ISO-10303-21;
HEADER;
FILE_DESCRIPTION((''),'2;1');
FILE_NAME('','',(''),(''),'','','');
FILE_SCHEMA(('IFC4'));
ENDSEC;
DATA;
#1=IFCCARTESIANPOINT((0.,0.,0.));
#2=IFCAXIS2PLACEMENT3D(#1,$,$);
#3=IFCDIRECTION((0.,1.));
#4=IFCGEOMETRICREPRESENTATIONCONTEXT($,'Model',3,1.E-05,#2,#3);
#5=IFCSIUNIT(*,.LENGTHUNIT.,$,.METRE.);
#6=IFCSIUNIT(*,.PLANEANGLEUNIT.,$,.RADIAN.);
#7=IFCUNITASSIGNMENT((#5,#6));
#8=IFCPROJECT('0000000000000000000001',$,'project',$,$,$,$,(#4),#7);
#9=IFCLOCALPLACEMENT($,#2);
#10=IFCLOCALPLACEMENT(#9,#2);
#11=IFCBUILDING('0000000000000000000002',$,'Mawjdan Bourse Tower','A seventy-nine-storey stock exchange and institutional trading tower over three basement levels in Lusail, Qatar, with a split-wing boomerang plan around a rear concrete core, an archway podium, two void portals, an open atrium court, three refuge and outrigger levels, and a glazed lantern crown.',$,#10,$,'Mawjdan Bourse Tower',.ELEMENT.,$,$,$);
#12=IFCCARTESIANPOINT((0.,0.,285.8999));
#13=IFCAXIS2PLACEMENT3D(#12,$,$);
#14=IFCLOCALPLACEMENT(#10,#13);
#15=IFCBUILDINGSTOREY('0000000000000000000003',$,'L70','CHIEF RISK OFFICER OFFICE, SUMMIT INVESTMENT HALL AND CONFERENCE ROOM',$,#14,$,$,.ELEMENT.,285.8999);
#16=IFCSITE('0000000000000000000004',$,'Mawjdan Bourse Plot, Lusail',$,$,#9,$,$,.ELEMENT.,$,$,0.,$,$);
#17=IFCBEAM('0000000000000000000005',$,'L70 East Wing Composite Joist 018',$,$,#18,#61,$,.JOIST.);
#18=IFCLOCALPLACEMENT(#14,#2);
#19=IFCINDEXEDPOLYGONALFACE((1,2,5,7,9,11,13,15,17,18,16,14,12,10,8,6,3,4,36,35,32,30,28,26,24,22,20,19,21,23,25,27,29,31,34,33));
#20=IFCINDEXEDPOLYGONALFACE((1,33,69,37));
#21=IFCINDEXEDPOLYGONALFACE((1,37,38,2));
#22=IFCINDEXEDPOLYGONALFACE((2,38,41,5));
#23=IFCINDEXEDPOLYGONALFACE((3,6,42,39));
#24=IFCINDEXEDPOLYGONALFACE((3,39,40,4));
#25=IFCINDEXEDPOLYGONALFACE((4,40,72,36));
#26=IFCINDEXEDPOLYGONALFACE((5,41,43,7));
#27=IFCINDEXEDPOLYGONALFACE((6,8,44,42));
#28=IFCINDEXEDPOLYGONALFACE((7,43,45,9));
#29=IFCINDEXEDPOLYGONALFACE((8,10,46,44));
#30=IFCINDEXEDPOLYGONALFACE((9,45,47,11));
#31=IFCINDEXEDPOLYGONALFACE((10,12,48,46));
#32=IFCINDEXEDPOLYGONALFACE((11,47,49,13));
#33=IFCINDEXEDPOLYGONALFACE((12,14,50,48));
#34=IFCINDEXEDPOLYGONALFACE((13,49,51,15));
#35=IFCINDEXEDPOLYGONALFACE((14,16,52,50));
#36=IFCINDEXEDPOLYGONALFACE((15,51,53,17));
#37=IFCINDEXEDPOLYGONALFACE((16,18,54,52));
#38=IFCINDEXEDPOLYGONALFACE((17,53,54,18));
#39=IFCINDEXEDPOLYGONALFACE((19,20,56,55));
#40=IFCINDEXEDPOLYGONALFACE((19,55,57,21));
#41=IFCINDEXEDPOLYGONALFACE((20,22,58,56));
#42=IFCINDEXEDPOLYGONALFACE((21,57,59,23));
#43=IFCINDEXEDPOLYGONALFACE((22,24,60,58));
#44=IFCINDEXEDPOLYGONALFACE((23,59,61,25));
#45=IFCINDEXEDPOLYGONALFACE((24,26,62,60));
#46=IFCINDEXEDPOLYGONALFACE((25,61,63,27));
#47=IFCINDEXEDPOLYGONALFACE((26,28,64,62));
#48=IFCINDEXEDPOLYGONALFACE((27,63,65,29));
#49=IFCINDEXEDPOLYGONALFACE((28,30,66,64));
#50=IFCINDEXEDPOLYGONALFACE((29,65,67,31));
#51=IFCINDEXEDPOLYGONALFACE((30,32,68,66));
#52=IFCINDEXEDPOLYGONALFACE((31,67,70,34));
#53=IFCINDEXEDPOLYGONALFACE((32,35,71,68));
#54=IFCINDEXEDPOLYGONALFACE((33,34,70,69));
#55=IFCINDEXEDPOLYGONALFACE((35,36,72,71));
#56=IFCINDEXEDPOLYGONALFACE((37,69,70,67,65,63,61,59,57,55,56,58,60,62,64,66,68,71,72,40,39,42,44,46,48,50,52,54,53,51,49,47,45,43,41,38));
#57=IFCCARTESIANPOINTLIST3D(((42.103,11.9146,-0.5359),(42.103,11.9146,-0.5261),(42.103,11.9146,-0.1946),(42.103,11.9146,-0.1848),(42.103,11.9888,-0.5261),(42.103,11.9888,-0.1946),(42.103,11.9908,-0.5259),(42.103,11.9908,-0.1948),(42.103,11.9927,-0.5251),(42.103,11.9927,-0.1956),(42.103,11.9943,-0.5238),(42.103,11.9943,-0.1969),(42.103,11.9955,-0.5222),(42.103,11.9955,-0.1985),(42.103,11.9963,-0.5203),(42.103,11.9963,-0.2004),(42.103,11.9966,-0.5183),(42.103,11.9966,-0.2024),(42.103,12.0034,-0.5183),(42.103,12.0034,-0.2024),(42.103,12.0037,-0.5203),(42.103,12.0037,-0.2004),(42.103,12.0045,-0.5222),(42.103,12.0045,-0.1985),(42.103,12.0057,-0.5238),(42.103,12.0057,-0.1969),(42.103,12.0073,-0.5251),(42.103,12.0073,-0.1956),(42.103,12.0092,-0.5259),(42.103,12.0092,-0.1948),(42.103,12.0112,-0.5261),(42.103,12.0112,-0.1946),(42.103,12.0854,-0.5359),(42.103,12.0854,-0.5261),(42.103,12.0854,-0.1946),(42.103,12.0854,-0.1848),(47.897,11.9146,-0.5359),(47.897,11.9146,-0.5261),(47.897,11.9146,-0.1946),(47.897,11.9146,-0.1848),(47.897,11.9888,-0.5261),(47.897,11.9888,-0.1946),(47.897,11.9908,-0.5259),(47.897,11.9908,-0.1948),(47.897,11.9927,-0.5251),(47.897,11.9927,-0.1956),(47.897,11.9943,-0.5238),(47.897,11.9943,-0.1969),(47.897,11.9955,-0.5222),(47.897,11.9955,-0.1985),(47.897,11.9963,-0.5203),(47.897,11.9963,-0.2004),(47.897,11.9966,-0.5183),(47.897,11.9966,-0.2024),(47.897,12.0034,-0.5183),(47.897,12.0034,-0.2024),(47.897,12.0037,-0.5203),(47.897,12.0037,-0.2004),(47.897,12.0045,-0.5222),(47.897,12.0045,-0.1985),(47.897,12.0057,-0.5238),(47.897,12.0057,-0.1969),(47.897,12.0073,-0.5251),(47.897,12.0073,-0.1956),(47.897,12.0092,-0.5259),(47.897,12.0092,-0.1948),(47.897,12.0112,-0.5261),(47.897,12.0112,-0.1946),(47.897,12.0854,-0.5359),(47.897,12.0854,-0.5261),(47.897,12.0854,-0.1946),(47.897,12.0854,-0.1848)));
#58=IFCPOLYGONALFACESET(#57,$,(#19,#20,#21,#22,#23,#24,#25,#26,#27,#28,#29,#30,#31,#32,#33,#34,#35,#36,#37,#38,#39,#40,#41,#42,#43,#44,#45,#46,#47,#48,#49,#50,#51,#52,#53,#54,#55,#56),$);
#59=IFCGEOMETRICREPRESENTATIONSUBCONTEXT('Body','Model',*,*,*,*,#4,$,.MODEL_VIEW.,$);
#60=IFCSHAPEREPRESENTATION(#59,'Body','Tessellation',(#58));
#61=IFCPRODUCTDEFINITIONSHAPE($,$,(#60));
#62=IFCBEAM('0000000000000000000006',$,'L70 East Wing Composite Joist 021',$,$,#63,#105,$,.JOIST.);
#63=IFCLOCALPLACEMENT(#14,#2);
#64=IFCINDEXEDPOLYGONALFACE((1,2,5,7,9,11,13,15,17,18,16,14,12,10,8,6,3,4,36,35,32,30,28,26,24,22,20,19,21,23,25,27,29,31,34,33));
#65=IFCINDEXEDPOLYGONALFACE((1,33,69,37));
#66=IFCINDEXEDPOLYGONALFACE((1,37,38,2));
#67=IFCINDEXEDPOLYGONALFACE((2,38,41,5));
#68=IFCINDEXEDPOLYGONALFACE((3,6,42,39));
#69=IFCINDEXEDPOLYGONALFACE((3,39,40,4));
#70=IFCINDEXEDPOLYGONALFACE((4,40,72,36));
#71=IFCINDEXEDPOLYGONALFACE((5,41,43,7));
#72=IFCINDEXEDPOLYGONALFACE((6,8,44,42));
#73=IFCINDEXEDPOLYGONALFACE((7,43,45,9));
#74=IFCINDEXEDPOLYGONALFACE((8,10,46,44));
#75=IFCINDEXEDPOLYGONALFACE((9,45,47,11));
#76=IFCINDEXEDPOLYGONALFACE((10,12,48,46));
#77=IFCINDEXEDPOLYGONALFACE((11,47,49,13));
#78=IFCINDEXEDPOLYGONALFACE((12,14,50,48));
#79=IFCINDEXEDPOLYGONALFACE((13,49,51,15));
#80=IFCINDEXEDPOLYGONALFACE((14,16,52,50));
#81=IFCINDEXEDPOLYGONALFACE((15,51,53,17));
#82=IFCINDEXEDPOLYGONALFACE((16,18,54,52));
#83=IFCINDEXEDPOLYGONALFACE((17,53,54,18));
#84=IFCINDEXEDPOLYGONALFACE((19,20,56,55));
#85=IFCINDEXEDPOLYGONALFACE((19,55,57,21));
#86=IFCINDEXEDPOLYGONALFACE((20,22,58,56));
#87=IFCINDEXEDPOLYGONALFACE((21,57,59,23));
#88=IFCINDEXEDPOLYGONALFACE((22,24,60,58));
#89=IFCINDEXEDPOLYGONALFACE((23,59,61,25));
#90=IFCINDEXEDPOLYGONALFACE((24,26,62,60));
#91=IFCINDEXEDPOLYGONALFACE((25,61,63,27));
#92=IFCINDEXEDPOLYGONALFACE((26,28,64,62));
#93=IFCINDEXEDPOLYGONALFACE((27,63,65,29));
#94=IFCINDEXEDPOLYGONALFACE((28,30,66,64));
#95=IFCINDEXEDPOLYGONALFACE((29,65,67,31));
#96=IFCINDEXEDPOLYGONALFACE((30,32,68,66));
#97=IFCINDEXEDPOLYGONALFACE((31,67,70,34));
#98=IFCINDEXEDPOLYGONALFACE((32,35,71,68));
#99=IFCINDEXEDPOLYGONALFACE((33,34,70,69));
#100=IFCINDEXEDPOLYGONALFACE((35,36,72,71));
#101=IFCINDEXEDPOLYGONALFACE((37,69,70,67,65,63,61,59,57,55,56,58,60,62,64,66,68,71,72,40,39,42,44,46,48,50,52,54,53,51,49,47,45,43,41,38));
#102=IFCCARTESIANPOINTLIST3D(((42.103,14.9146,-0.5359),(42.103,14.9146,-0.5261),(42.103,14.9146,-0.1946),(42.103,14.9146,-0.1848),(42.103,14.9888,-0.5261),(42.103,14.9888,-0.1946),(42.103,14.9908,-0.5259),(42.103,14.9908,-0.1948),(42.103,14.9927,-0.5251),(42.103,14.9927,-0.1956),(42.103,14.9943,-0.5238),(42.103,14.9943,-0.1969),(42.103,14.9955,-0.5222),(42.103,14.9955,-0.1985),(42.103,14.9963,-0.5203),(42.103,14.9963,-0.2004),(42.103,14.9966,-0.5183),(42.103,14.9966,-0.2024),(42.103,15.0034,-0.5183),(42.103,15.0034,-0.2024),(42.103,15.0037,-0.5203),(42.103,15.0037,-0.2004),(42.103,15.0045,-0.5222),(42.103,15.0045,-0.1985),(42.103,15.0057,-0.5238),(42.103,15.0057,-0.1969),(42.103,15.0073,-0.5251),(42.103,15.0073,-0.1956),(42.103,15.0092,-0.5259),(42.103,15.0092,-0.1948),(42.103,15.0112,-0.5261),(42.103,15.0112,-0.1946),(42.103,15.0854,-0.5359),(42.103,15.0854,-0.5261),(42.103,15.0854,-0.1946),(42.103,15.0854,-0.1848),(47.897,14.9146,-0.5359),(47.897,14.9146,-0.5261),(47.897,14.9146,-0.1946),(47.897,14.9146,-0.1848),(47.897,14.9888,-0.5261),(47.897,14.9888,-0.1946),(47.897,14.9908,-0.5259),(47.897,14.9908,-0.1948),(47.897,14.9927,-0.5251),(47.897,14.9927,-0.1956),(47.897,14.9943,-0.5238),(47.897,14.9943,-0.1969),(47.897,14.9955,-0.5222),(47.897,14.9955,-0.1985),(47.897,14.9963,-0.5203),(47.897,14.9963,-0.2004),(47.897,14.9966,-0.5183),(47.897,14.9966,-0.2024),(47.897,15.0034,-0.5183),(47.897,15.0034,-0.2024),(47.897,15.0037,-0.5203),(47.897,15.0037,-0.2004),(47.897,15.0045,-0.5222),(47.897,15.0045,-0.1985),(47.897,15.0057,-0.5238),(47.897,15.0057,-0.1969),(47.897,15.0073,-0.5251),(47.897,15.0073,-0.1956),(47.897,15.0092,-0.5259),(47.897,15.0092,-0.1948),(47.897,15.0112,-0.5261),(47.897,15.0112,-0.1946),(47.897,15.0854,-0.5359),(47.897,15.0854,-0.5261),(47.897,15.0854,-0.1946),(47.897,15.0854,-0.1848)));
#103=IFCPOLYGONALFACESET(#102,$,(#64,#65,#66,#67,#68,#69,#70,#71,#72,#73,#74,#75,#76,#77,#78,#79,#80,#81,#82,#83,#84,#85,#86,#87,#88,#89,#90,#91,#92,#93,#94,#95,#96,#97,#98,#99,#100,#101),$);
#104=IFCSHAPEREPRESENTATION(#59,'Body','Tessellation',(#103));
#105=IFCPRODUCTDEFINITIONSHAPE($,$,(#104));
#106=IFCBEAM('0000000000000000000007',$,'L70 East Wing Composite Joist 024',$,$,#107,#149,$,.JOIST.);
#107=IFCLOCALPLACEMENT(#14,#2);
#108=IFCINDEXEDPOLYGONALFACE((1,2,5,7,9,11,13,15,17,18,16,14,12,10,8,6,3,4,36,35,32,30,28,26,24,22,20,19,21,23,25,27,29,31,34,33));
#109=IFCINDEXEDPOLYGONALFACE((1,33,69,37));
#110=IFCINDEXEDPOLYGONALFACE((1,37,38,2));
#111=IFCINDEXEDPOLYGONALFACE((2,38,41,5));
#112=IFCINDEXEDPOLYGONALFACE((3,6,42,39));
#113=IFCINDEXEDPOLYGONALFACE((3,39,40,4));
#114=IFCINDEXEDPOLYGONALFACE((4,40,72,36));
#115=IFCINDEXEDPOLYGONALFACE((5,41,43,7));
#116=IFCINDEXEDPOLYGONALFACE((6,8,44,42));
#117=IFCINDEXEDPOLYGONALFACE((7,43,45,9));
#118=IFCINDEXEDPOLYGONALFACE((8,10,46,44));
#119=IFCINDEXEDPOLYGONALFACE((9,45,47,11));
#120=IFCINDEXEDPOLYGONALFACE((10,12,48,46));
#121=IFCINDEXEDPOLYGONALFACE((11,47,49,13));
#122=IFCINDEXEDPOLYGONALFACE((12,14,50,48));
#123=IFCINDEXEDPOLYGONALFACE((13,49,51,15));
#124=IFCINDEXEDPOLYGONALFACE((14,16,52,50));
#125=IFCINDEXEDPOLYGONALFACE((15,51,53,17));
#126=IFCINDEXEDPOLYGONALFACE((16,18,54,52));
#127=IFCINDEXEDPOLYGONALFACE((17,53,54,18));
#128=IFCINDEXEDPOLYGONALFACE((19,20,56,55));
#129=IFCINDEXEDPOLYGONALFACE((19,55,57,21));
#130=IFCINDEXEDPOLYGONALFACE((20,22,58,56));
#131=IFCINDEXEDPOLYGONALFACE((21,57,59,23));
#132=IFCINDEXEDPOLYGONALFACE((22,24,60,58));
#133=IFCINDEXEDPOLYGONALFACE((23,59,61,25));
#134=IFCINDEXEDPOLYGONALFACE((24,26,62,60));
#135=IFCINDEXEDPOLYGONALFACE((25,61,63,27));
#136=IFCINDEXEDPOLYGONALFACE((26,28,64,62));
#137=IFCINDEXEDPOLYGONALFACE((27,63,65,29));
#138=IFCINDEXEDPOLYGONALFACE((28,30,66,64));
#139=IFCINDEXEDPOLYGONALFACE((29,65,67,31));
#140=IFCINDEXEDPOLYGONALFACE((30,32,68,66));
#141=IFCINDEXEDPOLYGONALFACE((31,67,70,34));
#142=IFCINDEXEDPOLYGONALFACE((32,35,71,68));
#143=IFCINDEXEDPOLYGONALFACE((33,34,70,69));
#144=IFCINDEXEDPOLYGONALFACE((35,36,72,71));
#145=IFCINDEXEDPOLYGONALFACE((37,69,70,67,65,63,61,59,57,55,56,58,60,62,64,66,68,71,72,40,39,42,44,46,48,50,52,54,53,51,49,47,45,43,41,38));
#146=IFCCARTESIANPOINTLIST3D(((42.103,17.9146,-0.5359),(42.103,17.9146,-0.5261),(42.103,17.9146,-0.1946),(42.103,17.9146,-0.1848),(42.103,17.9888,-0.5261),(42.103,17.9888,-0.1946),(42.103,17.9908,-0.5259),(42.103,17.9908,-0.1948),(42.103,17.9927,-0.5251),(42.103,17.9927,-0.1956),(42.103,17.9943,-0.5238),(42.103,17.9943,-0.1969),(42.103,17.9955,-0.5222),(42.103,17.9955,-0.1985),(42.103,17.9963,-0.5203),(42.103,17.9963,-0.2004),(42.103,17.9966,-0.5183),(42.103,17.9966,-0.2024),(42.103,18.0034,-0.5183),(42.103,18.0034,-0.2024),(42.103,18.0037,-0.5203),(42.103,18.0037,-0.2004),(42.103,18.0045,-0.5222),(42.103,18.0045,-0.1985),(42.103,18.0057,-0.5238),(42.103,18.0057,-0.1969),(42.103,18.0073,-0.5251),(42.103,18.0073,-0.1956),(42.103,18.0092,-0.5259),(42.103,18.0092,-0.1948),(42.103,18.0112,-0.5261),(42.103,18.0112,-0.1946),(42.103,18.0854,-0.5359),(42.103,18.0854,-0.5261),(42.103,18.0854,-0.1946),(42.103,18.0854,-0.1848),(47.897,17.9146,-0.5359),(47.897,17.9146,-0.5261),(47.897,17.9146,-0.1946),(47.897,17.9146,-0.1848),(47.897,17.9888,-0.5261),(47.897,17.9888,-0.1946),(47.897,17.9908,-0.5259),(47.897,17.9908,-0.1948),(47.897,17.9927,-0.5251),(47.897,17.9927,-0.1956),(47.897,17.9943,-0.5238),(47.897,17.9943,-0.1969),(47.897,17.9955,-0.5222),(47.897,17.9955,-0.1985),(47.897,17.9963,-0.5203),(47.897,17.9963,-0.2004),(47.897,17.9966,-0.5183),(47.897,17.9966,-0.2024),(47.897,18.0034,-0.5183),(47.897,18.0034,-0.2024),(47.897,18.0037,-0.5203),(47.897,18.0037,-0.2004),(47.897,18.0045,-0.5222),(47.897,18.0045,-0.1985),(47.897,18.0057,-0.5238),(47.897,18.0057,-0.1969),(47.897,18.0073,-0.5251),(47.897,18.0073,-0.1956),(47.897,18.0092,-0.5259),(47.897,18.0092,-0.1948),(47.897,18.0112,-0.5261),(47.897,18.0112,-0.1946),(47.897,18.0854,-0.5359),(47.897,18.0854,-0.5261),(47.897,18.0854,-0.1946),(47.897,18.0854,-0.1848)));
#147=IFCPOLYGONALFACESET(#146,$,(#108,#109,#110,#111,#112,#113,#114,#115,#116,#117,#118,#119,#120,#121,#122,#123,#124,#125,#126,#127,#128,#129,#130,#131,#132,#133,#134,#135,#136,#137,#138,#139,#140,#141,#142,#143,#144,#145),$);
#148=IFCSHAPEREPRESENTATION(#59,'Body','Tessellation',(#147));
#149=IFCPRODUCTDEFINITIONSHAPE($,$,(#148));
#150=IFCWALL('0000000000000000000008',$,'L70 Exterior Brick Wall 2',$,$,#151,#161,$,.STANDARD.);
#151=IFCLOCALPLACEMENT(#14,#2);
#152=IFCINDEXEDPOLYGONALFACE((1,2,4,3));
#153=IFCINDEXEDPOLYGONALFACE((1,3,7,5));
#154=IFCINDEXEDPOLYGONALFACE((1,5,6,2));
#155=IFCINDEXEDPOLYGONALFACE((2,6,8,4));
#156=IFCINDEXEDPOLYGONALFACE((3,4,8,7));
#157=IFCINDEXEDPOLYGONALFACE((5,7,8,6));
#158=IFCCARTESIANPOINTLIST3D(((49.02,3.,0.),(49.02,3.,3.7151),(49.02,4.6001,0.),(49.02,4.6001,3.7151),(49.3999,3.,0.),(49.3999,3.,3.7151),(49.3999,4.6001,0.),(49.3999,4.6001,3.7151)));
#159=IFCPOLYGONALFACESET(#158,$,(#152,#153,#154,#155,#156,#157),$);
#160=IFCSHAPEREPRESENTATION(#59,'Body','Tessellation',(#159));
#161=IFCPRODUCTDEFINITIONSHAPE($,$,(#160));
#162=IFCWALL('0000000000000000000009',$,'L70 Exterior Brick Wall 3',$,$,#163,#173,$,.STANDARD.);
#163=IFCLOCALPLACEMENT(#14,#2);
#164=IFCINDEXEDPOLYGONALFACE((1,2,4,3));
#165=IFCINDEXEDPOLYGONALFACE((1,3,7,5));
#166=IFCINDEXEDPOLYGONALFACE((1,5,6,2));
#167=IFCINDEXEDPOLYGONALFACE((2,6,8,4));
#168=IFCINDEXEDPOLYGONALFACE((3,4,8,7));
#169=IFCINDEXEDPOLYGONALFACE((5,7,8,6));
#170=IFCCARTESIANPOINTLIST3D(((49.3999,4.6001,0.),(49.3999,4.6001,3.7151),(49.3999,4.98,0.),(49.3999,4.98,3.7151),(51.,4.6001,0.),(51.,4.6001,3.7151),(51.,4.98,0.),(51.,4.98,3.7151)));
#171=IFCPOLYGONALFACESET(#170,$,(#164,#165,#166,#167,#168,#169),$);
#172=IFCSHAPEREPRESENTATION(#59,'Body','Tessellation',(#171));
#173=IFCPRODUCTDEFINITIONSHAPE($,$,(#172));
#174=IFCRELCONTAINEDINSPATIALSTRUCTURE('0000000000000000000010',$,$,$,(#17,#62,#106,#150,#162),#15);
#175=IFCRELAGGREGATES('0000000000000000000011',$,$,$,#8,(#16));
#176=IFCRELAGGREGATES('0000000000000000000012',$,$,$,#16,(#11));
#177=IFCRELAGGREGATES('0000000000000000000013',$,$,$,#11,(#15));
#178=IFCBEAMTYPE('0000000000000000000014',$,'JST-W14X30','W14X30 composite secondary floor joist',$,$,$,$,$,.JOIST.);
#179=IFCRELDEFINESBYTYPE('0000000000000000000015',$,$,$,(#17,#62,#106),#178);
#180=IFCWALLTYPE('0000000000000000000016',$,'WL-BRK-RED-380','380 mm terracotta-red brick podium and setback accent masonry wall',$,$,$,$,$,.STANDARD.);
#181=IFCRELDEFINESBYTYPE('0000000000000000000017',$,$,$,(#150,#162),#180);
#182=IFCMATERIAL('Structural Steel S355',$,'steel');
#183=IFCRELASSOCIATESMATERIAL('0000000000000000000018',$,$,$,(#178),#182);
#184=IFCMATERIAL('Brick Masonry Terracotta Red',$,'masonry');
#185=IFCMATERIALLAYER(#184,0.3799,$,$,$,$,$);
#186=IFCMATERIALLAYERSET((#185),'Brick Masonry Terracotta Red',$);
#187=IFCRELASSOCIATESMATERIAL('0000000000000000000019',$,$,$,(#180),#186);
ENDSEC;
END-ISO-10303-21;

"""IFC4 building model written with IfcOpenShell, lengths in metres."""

from ifc_helpers import new_model, si_unit, direction, frame, frame_2d, origin, origin_2d, place, context, subcontext, project, spatial, rectangle, i_section, extrude, material, layer, layer_set, material_profile, profile_set, type_object, element, save


model = new_model("IFC4")

# Units and contexts
model_context = context("Model", 3, precision=1e-05, world=origin(), true_north=direction((0.0, 1.0)))
body_context = subcontext(model_context, "Body", "Model", "MODEL_VIEW")
ifc_project = project(units=[si_unit("LENGTHUNIT", "METRE"), si_unit("PLANEANGLEUNIT", "RADIAN")], contexts=[model_context])

# Site, building, storey
site_placement = place(None, origin())
site = spatial("IfcSite", under=ifc_project, at=site_placement, Name="Mawjdan Bourse Plot, Lusail", CompositionType="ELEMENT", RefElevation=0.0)
building_placement = place(site_placement, origin())
building = spatial("IfcBuilding", under=site, at=building_placement, Name="Mawjdan Bourse Tower", Description="A seventy-nine-storey stock exchange and institutional trading tower over three basement levels in Lusail, Qatar, with a split-wing boomerang plan around a rear concrete core, an archway podium, two void portals, an open atrium court, three refuge and outrigger levels, and a glazed lantern crown.", LongName="Mawjdan Bourse Tower", CompositionType="ELEMENT")
storey_placement = place(building_placement, frame((0.0, 0.0, 285.8999)))
storey = spatial("IfcBuildingStorey", under=building, at=storey_placement, Name="L70", Description="CHIEF RISK OFFICER OFFICE, SUMMIT INVESTMENT HALL AND CONFERENCE ROOM", CompositionType="ELEMENT", Elevation=285.8999)

# Beams
ifc_material_1 = material(Name="Structural Steel S355", Category="steel")
ifc_material_profile_1 = material_profile(ifc_material_1, i_section(OverallWidth=0.1709, OverallDepth=0.3511, WebThickness=0.0068, FlangeThickness=0.0098, FilletRadius=0.0078, at=origin_2d()), Name="W14X30")
ifc_profile_set_1 = profile_set([ifc_material_profile_1], Name="Structural Steel S355")
beam_type_1 = type_object("IfcBeamType", Name="JST-W14X30", Description="W14X30 composite secondary floor joist", PredefinedType="JOIST", material=ifc_profile_set_1)
for number, where, z_axis, x_axis, name in (
    (1, (42.103, 12.0, -0.3604), (1.0, 0.0, 0.0), (0.0, 1.0, 0.0), "L70 East Wing Composite Joist 018"),
    (2, (42.103, 15.0, -0.3604), (1.0, 0.0, 0.0), (0.0, 1.0, 0.0), "L70 East Wing Composite Joist 021"),
    (3, (42.103, 18.0, -0.3604), (1.0, 0.0, 0.0), (0.0, 1.0, 0.0), "L70 East Wing Composite Joist 024"),
):
    element("IfcBeam", number, at=place(storey_placement, frame(where, z_axis=z_axis, x_axis=x_axis)), inside=storey, type_object=beam_type_1, Name=name, PredefinedType="JOIST", context=body_context, shape_type="SweptSolid", body=[
        extrude(i_section(OverallWidth=0.1709, OverallDepth=0.3511, WebThickness=0.0068, FlangeThickness=0.0098, FilletRadius=0.0078, at=origin_2d()), origin(), (0.0, 0.0, 1.0), 5.7939),
    ])

# Walls
ifc_material_2 = material(Name="Brick Masonry Terracotta Red", Category="masonry")
ifc_layer_1 = layer(ifc_material_2, 0.3799)
ifc_layer_set_1 = layer_set([ifc_layer_1], Name="Brick Masonry Terracotta Red")
wall_type_1 = type_object("IfcWallType", Name="WL-BRK-RED-380", Description="380 mm terracotta-red brick podium and setback accent masonry wall", PredefinedType="STANDARD", material=ifc_layer_set_1)
for number, where, z_axis, x_axis, name in (
    (4, (49.21, 3.0, 0.0), (0.0, 0.0, 1.0), (0.0, 1.0, 0.0), "L70 Exterior Brick Wall 2"),
    (5, (49.3999, 4.79, 0.0), (0.0, 0.0, 1.0), (1.0, 0.0, 0.0), "L70 Exterior Brick Wall 3"),
):
    element("IfcWall", number, at=place(storey_placement, frame(where, z_axis=z_axis, x_axis=x_axis)), inside=storey, type_object=wall_type_1, Name=name, PredefinedType="STANDARD", context=body_context, shape_type="SweptSolid", body=[
        extrude(rectangle(XDim=1.6001, YDim=0.3799, at=frame_2d((0.8, 0.0))), origin(), (0.0, 0.0, 1.0), 3.7151),
    ])

save(model, "model.ifc")
